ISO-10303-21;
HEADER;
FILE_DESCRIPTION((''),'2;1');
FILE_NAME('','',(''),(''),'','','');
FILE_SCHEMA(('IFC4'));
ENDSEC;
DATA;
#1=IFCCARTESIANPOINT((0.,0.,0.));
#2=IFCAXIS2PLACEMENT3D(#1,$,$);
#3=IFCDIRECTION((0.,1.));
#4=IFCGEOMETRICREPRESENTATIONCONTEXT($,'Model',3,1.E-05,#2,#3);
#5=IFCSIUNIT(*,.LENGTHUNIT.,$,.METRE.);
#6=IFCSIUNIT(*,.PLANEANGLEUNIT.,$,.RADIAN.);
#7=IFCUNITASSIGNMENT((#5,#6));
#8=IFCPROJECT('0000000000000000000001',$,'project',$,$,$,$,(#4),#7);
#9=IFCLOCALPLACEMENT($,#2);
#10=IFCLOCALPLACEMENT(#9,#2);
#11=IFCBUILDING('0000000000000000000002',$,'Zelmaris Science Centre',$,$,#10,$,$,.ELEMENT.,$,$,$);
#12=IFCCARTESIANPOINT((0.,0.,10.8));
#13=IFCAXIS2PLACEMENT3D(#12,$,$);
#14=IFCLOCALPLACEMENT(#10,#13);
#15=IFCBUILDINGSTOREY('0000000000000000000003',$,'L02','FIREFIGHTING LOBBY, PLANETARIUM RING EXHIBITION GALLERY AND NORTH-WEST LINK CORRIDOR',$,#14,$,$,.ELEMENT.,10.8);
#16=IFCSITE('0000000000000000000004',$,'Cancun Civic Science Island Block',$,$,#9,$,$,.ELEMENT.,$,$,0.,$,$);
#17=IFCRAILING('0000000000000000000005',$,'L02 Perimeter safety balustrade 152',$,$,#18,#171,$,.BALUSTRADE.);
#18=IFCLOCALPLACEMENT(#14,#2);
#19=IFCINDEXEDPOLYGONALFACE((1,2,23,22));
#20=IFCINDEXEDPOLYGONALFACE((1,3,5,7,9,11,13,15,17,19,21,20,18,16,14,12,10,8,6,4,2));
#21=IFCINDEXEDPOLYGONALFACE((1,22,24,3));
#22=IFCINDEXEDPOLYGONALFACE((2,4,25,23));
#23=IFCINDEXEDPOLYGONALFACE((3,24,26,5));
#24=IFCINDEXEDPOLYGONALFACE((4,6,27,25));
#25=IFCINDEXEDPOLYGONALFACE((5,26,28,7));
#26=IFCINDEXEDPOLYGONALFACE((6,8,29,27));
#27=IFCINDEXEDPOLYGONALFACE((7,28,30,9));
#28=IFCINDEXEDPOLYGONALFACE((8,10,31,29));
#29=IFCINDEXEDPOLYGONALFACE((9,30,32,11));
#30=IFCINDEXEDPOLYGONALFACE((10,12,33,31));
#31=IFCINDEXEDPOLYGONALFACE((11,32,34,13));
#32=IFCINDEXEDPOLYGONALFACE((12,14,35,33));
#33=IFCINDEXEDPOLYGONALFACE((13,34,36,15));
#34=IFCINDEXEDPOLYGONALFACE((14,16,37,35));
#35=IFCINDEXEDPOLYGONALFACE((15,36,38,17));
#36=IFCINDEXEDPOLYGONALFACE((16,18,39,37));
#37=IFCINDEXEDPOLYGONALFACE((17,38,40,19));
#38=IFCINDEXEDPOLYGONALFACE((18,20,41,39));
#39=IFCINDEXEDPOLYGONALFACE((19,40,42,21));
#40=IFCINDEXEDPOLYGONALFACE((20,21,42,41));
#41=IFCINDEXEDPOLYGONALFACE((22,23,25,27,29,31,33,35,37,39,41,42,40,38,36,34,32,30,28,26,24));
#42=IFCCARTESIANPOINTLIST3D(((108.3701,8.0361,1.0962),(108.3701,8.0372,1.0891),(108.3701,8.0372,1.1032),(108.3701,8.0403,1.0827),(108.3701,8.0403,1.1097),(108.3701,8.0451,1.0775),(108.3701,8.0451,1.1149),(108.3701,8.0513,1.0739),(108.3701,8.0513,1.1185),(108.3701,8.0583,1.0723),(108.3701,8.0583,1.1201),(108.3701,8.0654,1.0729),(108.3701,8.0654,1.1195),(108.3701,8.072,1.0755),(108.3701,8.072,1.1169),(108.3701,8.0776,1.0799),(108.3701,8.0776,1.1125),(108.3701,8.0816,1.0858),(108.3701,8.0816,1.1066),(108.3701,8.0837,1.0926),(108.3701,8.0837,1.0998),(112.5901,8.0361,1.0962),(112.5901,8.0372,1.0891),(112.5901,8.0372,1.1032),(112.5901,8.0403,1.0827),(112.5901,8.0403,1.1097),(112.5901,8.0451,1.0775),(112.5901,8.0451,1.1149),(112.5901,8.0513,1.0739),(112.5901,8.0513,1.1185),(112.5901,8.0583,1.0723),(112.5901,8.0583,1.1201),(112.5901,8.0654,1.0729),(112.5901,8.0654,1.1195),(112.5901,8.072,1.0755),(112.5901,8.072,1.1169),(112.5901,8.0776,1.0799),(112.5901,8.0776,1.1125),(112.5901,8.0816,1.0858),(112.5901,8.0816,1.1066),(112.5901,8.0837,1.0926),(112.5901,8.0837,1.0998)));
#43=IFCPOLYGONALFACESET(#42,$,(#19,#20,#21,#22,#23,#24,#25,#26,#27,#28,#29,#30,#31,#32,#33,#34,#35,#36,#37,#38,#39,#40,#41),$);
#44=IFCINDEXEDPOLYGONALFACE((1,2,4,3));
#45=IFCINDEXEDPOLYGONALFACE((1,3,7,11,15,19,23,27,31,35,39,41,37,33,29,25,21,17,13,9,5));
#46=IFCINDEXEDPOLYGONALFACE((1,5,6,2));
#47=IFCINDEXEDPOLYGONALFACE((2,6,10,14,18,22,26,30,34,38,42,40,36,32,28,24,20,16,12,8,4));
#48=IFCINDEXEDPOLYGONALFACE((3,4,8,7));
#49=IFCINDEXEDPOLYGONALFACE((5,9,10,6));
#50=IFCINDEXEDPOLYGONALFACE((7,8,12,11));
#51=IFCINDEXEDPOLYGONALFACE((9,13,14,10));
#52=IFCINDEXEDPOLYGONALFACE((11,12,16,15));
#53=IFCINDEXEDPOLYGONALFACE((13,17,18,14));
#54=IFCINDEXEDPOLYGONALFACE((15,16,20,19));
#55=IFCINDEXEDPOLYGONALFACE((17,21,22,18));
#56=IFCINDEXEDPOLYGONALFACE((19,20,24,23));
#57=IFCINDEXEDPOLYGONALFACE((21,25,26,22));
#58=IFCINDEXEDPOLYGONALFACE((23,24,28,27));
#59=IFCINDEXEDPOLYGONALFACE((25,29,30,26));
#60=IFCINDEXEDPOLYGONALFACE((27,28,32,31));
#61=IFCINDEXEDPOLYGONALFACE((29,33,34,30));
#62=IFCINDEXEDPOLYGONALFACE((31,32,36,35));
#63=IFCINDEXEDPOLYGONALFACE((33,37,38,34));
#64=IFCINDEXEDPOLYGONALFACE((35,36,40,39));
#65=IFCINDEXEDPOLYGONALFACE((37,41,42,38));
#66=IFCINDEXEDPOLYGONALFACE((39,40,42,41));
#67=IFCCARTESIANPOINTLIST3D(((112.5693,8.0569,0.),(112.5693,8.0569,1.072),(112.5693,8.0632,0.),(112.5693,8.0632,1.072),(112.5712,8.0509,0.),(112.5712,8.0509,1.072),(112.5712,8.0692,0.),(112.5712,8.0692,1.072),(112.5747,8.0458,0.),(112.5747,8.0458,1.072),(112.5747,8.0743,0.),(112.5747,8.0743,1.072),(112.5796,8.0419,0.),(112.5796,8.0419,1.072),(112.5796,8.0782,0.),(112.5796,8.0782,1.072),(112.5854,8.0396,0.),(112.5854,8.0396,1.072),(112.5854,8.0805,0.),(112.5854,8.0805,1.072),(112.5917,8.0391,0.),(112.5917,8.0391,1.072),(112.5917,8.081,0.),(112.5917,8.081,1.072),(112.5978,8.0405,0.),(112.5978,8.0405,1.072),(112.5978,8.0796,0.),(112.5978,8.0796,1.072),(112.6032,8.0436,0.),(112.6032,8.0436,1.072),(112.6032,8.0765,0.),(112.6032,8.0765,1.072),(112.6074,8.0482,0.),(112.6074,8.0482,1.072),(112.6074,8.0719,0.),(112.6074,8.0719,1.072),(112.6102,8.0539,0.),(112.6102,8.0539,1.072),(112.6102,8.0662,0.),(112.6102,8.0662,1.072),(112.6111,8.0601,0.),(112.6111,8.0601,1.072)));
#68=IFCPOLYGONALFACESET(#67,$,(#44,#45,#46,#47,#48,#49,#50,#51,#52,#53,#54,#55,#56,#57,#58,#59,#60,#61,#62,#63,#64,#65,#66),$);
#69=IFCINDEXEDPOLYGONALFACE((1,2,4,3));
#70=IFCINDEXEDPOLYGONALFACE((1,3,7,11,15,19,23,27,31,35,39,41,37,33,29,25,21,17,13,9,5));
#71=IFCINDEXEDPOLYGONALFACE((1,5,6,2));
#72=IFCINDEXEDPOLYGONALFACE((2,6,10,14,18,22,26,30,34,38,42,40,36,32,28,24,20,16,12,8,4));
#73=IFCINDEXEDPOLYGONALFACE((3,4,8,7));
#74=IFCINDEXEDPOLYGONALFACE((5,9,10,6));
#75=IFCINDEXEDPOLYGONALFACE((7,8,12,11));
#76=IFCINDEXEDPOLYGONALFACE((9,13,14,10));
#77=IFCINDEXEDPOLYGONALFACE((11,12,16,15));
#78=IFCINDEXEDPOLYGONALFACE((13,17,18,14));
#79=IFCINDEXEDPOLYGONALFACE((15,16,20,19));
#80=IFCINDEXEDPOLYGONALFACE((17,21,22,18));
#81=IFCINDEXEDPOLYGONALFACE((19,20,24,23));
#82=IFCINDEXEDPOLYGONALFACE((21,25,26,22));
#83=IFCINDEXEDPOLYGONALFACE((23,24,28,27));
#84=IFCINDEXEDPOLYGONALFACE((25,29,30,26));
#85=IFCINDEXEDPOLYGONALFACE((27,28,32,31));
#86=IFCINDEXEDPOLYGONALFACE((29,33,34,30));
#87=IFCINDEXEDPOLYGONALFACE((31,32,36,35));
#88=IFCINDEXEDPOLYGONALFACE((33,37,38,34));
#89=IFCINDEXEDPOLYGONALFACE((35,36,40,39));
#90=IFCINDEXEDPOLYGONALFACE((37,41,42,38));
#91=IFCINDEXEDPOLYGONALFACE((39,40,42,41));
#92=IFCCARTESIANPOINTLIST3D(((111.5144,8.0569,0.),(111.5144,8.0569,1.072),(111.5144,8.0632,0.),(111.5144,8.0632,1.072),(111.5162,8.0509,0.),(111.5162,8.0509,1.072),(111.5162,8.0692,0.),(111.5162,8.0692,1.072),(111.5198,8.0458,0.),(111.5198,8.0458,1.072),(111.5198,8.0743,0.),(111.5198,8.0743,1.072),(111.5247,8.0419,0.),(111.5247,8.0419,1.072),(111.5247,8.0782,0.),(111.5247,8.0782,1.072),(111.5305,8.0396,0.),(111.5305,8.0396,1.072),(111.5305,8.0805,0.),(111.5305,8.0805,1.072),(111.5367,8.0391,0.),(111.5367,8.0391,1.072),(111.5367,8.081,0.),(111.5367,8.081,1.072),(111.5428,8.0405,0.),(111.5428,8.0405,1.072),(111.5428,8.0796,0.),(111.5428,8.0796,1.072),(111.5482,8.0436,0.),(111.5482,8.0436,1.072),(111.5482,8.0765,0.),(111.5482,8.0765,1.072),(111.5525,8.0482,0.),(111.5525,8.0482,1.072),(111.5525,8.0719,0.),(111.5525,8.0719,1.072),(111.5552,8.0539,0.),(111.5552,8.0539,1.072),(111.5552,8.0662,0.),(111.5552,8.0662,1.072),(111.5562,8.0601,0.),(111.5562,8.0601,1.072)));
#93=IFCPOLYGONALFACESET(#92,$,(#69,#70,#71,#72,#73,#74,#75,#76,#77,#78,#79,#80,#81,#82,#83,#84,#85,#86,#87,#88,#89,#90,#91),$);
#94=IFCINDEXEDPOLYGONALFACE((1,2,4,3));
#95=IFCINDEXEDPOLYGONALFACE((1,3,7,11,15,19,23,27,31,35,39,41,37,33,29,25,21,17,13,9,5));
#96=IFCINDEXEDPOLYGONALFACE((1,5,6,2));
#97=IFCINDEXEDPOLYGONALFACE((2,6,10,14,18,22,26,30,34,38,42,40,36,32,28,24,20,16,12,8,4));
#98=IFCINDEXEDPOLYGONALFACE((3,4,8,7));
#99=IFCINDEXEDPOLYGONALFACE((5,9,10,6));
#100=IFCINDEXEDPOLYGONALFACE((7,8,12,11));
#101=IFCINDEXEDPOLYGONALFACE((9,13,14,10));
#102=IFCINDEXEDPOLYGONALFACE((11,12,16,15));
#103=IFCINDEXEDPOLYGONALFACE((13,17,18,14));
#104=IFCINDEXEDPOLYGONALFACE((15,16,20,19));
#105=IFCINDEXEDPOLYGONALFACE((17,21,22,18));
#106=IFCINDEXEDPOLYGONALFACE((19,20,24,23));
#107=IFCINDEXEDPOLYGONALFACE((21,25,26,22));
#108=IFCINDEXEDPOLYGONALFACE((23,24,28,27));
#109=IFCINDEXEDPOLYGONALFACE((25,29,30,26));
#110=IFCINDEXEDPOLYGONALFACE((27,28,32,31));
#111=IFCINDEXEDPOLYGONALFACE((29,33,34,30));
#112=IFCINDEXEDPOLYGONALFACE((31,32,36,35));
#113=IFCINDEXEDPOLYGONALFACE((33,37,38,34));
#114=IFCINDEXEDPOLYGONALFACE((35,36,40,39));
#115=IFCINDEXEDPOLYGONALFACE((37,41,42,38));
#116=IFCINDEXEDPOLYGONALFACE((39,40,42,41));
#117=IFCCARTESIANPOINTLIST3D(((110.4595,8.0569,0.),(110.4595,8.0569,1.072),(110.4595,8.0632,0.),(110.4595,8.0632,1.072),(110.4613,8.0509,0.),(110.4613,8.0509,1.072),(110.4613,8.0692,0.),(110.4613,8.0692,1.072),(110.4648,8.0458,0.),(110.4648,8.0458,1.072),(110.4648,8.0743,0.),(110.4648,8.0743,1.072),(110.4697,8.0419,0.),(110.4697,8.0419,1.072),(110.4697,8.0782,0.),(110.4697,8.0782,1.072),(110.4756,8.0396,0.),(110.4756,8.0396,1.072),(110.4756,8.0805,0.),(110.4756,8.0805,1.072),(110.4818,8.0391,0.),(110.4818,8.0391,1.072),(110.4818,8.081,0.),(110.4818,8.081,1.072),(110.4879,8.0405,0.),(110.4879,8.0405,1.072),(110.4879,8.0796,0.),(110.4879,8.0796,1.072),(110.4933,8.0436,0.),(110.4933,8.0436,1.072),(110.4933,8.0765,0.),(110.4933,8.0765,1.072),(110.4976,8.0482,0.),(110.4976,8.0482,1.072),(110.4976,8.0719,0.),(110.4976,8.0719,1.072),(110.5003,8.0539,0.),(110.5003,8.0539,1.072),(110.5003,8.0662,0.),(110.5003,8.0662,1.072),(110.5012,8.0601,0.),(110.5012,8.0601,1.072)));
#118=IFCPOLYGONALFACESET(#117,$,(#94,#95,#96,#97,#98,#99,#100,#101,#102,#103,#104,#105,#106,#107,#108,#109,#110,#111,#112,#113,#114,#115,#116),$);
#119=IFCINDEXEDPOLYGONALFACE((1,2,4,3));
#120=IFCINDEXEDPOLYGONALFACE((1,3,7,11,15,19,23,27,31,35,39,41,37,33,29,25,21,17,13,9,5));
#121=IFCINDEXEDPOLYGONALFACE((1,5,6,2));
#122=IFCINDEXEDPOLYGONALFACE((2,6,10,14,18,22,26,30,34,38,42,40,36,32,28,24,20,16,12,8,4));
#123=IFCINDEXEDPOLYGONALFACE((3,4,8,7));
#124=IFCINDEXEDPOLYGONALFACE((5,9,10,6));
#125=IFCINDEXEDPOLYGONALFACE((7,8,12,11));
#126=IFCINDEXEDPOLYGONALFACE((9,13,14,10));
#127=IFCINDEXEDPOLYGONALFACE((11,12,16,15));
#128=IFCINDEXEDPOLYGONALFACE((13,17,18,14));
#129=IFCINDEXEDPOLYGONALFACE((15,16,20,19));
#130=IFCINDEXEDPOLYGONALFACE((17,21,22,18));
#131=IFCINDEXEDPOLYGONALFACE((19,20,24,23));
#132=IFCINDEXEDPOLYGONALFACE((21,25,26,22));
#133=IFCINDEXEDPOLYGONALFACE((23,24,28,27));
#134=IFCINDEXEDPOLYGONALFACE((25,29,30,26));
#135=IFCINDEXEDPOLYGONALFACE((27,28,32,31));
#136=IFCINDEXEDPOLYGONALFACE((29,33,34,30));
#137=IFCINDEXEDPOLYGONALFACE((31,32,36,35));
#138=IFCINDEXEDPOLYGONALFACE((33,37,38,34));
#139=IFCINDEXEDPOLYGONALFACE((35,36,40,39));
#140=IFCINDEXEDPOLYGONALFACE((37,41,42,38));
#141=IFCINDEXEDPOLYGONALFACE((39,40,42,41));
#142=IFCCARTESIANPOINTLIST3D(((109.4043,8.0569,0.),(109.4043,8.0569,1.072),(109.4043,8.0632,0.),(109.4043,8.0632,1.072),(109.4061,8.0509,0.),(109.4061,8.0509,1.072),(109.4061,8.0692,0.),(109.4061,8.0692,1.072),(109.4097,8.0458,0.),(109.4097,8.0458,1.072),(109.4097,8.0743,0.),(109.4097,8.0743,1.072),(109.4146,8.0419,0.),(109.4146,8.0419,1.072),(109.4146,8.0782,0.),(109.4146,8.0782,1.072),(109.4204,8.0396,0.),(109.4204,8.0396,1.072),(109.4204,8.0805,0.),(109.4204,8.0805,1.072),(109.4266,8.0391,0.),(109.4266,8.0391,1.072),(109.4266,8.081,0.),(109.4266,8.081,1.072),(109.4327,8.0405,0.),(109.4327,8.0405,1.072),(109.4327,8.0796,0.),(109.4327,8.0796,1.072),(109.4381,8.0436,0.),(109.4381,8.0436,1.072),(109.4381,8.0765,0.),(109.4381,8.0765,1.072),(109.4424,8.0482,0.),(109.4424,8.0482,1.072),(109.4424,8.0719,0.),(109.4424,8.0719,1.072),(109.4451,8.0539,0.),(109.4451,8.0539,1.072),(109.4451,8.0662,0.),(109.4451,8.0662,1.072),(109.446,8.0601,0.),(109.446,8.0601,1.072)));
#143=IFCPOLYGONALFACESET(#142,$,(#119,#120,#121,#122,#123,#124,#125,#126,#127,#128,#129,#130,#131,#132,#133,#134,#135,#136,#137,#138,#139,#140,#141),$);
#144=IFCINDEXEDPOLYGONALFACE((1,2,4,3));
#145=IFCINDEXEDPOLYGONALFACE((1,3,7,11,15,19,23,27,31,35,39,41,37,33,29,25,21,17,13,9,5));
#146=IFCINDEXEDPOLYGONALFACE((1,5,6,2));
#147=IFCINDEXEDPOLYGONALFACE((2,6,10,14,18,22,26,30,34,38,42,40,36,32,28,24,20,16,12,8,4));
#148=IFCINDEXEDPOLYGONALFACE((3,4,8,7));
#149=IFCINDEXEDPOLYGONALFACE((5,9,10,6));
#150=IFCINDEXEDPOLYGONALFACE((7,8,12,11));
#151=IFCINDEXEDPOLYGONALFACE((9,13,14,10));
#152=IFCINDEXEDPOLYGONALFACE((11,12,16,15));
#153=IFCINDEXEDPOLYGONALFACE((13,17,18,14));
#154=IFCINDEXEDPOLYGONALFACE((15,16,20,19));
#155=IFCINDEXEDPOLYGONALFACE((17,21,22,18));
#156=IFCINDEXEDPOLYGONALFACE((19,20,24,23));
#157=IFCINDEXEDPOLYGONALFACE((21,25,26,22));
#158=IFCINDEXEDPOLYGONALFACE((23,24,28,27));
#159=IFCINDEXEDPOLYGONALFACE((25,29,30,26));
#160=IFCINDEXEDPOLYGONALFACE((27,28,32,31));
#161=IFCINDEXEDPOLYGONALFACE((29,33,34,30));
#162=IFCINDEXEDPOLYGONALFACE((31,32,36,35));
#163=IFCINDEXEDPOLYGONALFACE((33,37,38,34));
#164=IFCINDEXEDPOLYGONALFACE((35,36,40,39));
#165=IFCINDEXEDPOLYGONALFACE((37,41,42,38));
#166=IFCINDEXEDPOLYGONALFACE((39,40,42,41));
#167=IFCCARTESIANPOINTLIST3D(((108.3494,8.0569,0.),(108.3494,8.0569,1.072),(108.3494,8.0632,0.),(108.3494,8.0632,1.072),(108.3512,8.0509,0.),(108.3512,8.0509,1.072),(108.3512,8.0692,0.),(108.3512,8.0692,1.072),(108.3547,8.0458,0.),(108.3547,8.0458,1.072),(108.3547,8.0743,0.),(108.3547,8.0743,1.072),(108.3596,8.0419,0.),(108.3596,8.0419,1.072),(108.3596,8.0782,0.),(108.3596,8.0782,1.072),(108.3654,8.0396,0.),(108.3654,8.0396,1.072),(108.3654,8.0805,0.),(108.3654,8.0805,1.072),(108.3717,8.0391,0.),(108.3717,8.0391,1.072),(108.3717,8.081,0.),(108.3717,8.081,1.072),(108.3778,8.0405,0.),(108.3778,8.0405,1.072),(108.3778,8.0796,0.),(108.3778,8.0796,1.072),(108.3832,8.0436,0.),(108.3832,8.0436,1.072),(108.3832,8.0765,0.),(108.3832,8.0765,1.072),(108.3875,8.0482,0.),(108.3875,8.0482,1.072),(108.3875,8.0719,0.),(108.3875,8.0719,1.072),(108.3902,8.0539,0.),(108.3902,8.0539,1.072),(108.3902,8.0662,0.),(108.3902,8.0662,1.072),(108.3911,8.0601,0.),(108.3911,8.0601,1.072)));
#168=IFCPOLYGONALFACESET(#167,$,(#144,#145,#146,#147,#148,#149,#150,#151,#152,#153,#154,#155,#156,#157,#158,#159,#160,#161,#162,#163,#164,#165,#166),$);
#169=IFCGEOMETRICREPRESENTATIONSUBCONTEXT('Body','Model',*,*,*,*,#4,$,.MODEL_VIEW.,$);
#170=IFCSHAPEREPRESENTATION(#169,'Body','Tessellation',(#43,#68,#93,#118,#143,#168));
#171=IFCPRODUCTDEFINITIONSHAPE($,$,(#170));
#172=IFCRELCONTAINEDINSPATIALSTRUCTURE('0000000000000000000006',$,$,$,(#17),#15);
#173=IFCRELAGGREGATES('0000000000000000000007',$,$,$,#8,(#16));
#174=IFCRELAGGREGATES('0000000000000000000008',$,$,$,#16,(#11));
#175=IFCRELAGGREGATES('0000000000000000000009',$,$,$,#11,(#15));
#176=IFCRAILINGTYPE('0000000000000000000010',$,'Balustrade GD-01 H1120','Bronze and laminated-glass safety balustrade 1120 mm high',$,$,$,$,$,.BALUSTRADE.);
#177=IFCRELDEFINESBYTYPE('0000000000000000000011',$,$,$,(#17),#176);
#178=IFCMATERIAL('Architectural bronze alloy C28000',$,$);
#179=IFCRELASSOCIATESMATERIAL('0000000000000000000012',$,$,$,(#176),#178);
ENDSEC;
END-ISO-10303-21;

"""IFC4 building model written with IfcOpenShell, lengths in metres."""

from ifc_helpers import new_model, si_unit, direction, frame, origin, origin_2d, place, context, subcontext, project, spatial, circle, extrude, material, type_object, element, save


model = new_model("IFC4")

# Units and contexts
model_context = context("Model", 3, precision=1e-05, world=origin(), true_north=direction((0.0, 1.0)))
body_context = subcontext(model_context, "Body", "Model", "MODEL_VIEW")
ifc_project = project(units=[si_unit("LENGTHUNIT", "METRE"), si_unit("PLANEANGLEUNIT", "RADIAN")], contexts=[model_context])

# Site, building, storey
site_placement = place(None, origin())
site = spatial("IfcSite", under=ifc_project, at=site_placement, Name="Cancun Civic Science Island Block", CompositionType="ELEMENT", RefElevation=0.0)
building_placement = place(site_placement, origin())
building = spatial("IfcBuilding", under=site, at=building_placement, Name="Zelmaris Science Centre", CompositionType="ELEMENT")
storey_placement = place(building_placement, frame((0.0, 0.0, 10.8)))
storey = spatial("IfcBuildingStorey", under=building, at=storey_placement, Name="L02", Description="FIREFIGHTING LOBBY, PLANETARIUM RING EXHIBITION GALLERY AND NORTH-WEST LINK CORRIDOR", CompositionType="ELEMENT", Elevation=10.8)

# Railing
ifc_material_1 = material(Name="Architectural bronze alloy C28000")
railing_type = type_object("IfcRailingType", Name="Balustrade GD-01 H1120", Description="Bronze and laminated-glass safety balustrade 1120 mm high", PredefinedType="BALUSTRADE", material=ifc_material_1)
railing_placement = place(storey_placement, frame((112.5901, 8.0601, 0.0)))
element("IfcRailing", 1, at=railing_placement, inside=storey, type_object=railing_type, Name="L02 Perimeter safety balustrade 152", PredefinedType="BALUSTRADE", context=body_context, shape_type="SweptSolid", body=[
    extrude(circle(Radius=0.0239, at=origin_2d()), frame((0.0, 0.0, 1.0962), z_axis=(-1.0, 0.0, 0.0), x_axis=(0.0, -1.0, 0.0)), (0.0, 0.0, 1.0), 4.22),
    extrude(circle(Radius=0.021, at=origin_2d()), origin(), (0.0, 0.0, 1.0), 1.072),
    extrude(circle(Radius=0.021, at=origin_2d()), frame((-1.0549, 0.0, 0.0)), (0.0, 0.0, 1.0), 1.072),
    extrude(circle(Radius=0.021, at=origin_2d()), frame((-2.1099, 0.0, 0.0)), (0.0, 0.0, 1.0), 1.072),
    extrude(circle(Radius=0.021, at=origin_2d()), frame((-3.165, 0.0, 0.0)), (0.0, 0.0, 1.0), 1.072),
    extrude(circle(Radius=0.021, at=origin_2d()), frame((-4.22, 0.0, 0.0)), (0.0, 0.0, 1.0), 1.072),
])

save(model, "model.ifc")
